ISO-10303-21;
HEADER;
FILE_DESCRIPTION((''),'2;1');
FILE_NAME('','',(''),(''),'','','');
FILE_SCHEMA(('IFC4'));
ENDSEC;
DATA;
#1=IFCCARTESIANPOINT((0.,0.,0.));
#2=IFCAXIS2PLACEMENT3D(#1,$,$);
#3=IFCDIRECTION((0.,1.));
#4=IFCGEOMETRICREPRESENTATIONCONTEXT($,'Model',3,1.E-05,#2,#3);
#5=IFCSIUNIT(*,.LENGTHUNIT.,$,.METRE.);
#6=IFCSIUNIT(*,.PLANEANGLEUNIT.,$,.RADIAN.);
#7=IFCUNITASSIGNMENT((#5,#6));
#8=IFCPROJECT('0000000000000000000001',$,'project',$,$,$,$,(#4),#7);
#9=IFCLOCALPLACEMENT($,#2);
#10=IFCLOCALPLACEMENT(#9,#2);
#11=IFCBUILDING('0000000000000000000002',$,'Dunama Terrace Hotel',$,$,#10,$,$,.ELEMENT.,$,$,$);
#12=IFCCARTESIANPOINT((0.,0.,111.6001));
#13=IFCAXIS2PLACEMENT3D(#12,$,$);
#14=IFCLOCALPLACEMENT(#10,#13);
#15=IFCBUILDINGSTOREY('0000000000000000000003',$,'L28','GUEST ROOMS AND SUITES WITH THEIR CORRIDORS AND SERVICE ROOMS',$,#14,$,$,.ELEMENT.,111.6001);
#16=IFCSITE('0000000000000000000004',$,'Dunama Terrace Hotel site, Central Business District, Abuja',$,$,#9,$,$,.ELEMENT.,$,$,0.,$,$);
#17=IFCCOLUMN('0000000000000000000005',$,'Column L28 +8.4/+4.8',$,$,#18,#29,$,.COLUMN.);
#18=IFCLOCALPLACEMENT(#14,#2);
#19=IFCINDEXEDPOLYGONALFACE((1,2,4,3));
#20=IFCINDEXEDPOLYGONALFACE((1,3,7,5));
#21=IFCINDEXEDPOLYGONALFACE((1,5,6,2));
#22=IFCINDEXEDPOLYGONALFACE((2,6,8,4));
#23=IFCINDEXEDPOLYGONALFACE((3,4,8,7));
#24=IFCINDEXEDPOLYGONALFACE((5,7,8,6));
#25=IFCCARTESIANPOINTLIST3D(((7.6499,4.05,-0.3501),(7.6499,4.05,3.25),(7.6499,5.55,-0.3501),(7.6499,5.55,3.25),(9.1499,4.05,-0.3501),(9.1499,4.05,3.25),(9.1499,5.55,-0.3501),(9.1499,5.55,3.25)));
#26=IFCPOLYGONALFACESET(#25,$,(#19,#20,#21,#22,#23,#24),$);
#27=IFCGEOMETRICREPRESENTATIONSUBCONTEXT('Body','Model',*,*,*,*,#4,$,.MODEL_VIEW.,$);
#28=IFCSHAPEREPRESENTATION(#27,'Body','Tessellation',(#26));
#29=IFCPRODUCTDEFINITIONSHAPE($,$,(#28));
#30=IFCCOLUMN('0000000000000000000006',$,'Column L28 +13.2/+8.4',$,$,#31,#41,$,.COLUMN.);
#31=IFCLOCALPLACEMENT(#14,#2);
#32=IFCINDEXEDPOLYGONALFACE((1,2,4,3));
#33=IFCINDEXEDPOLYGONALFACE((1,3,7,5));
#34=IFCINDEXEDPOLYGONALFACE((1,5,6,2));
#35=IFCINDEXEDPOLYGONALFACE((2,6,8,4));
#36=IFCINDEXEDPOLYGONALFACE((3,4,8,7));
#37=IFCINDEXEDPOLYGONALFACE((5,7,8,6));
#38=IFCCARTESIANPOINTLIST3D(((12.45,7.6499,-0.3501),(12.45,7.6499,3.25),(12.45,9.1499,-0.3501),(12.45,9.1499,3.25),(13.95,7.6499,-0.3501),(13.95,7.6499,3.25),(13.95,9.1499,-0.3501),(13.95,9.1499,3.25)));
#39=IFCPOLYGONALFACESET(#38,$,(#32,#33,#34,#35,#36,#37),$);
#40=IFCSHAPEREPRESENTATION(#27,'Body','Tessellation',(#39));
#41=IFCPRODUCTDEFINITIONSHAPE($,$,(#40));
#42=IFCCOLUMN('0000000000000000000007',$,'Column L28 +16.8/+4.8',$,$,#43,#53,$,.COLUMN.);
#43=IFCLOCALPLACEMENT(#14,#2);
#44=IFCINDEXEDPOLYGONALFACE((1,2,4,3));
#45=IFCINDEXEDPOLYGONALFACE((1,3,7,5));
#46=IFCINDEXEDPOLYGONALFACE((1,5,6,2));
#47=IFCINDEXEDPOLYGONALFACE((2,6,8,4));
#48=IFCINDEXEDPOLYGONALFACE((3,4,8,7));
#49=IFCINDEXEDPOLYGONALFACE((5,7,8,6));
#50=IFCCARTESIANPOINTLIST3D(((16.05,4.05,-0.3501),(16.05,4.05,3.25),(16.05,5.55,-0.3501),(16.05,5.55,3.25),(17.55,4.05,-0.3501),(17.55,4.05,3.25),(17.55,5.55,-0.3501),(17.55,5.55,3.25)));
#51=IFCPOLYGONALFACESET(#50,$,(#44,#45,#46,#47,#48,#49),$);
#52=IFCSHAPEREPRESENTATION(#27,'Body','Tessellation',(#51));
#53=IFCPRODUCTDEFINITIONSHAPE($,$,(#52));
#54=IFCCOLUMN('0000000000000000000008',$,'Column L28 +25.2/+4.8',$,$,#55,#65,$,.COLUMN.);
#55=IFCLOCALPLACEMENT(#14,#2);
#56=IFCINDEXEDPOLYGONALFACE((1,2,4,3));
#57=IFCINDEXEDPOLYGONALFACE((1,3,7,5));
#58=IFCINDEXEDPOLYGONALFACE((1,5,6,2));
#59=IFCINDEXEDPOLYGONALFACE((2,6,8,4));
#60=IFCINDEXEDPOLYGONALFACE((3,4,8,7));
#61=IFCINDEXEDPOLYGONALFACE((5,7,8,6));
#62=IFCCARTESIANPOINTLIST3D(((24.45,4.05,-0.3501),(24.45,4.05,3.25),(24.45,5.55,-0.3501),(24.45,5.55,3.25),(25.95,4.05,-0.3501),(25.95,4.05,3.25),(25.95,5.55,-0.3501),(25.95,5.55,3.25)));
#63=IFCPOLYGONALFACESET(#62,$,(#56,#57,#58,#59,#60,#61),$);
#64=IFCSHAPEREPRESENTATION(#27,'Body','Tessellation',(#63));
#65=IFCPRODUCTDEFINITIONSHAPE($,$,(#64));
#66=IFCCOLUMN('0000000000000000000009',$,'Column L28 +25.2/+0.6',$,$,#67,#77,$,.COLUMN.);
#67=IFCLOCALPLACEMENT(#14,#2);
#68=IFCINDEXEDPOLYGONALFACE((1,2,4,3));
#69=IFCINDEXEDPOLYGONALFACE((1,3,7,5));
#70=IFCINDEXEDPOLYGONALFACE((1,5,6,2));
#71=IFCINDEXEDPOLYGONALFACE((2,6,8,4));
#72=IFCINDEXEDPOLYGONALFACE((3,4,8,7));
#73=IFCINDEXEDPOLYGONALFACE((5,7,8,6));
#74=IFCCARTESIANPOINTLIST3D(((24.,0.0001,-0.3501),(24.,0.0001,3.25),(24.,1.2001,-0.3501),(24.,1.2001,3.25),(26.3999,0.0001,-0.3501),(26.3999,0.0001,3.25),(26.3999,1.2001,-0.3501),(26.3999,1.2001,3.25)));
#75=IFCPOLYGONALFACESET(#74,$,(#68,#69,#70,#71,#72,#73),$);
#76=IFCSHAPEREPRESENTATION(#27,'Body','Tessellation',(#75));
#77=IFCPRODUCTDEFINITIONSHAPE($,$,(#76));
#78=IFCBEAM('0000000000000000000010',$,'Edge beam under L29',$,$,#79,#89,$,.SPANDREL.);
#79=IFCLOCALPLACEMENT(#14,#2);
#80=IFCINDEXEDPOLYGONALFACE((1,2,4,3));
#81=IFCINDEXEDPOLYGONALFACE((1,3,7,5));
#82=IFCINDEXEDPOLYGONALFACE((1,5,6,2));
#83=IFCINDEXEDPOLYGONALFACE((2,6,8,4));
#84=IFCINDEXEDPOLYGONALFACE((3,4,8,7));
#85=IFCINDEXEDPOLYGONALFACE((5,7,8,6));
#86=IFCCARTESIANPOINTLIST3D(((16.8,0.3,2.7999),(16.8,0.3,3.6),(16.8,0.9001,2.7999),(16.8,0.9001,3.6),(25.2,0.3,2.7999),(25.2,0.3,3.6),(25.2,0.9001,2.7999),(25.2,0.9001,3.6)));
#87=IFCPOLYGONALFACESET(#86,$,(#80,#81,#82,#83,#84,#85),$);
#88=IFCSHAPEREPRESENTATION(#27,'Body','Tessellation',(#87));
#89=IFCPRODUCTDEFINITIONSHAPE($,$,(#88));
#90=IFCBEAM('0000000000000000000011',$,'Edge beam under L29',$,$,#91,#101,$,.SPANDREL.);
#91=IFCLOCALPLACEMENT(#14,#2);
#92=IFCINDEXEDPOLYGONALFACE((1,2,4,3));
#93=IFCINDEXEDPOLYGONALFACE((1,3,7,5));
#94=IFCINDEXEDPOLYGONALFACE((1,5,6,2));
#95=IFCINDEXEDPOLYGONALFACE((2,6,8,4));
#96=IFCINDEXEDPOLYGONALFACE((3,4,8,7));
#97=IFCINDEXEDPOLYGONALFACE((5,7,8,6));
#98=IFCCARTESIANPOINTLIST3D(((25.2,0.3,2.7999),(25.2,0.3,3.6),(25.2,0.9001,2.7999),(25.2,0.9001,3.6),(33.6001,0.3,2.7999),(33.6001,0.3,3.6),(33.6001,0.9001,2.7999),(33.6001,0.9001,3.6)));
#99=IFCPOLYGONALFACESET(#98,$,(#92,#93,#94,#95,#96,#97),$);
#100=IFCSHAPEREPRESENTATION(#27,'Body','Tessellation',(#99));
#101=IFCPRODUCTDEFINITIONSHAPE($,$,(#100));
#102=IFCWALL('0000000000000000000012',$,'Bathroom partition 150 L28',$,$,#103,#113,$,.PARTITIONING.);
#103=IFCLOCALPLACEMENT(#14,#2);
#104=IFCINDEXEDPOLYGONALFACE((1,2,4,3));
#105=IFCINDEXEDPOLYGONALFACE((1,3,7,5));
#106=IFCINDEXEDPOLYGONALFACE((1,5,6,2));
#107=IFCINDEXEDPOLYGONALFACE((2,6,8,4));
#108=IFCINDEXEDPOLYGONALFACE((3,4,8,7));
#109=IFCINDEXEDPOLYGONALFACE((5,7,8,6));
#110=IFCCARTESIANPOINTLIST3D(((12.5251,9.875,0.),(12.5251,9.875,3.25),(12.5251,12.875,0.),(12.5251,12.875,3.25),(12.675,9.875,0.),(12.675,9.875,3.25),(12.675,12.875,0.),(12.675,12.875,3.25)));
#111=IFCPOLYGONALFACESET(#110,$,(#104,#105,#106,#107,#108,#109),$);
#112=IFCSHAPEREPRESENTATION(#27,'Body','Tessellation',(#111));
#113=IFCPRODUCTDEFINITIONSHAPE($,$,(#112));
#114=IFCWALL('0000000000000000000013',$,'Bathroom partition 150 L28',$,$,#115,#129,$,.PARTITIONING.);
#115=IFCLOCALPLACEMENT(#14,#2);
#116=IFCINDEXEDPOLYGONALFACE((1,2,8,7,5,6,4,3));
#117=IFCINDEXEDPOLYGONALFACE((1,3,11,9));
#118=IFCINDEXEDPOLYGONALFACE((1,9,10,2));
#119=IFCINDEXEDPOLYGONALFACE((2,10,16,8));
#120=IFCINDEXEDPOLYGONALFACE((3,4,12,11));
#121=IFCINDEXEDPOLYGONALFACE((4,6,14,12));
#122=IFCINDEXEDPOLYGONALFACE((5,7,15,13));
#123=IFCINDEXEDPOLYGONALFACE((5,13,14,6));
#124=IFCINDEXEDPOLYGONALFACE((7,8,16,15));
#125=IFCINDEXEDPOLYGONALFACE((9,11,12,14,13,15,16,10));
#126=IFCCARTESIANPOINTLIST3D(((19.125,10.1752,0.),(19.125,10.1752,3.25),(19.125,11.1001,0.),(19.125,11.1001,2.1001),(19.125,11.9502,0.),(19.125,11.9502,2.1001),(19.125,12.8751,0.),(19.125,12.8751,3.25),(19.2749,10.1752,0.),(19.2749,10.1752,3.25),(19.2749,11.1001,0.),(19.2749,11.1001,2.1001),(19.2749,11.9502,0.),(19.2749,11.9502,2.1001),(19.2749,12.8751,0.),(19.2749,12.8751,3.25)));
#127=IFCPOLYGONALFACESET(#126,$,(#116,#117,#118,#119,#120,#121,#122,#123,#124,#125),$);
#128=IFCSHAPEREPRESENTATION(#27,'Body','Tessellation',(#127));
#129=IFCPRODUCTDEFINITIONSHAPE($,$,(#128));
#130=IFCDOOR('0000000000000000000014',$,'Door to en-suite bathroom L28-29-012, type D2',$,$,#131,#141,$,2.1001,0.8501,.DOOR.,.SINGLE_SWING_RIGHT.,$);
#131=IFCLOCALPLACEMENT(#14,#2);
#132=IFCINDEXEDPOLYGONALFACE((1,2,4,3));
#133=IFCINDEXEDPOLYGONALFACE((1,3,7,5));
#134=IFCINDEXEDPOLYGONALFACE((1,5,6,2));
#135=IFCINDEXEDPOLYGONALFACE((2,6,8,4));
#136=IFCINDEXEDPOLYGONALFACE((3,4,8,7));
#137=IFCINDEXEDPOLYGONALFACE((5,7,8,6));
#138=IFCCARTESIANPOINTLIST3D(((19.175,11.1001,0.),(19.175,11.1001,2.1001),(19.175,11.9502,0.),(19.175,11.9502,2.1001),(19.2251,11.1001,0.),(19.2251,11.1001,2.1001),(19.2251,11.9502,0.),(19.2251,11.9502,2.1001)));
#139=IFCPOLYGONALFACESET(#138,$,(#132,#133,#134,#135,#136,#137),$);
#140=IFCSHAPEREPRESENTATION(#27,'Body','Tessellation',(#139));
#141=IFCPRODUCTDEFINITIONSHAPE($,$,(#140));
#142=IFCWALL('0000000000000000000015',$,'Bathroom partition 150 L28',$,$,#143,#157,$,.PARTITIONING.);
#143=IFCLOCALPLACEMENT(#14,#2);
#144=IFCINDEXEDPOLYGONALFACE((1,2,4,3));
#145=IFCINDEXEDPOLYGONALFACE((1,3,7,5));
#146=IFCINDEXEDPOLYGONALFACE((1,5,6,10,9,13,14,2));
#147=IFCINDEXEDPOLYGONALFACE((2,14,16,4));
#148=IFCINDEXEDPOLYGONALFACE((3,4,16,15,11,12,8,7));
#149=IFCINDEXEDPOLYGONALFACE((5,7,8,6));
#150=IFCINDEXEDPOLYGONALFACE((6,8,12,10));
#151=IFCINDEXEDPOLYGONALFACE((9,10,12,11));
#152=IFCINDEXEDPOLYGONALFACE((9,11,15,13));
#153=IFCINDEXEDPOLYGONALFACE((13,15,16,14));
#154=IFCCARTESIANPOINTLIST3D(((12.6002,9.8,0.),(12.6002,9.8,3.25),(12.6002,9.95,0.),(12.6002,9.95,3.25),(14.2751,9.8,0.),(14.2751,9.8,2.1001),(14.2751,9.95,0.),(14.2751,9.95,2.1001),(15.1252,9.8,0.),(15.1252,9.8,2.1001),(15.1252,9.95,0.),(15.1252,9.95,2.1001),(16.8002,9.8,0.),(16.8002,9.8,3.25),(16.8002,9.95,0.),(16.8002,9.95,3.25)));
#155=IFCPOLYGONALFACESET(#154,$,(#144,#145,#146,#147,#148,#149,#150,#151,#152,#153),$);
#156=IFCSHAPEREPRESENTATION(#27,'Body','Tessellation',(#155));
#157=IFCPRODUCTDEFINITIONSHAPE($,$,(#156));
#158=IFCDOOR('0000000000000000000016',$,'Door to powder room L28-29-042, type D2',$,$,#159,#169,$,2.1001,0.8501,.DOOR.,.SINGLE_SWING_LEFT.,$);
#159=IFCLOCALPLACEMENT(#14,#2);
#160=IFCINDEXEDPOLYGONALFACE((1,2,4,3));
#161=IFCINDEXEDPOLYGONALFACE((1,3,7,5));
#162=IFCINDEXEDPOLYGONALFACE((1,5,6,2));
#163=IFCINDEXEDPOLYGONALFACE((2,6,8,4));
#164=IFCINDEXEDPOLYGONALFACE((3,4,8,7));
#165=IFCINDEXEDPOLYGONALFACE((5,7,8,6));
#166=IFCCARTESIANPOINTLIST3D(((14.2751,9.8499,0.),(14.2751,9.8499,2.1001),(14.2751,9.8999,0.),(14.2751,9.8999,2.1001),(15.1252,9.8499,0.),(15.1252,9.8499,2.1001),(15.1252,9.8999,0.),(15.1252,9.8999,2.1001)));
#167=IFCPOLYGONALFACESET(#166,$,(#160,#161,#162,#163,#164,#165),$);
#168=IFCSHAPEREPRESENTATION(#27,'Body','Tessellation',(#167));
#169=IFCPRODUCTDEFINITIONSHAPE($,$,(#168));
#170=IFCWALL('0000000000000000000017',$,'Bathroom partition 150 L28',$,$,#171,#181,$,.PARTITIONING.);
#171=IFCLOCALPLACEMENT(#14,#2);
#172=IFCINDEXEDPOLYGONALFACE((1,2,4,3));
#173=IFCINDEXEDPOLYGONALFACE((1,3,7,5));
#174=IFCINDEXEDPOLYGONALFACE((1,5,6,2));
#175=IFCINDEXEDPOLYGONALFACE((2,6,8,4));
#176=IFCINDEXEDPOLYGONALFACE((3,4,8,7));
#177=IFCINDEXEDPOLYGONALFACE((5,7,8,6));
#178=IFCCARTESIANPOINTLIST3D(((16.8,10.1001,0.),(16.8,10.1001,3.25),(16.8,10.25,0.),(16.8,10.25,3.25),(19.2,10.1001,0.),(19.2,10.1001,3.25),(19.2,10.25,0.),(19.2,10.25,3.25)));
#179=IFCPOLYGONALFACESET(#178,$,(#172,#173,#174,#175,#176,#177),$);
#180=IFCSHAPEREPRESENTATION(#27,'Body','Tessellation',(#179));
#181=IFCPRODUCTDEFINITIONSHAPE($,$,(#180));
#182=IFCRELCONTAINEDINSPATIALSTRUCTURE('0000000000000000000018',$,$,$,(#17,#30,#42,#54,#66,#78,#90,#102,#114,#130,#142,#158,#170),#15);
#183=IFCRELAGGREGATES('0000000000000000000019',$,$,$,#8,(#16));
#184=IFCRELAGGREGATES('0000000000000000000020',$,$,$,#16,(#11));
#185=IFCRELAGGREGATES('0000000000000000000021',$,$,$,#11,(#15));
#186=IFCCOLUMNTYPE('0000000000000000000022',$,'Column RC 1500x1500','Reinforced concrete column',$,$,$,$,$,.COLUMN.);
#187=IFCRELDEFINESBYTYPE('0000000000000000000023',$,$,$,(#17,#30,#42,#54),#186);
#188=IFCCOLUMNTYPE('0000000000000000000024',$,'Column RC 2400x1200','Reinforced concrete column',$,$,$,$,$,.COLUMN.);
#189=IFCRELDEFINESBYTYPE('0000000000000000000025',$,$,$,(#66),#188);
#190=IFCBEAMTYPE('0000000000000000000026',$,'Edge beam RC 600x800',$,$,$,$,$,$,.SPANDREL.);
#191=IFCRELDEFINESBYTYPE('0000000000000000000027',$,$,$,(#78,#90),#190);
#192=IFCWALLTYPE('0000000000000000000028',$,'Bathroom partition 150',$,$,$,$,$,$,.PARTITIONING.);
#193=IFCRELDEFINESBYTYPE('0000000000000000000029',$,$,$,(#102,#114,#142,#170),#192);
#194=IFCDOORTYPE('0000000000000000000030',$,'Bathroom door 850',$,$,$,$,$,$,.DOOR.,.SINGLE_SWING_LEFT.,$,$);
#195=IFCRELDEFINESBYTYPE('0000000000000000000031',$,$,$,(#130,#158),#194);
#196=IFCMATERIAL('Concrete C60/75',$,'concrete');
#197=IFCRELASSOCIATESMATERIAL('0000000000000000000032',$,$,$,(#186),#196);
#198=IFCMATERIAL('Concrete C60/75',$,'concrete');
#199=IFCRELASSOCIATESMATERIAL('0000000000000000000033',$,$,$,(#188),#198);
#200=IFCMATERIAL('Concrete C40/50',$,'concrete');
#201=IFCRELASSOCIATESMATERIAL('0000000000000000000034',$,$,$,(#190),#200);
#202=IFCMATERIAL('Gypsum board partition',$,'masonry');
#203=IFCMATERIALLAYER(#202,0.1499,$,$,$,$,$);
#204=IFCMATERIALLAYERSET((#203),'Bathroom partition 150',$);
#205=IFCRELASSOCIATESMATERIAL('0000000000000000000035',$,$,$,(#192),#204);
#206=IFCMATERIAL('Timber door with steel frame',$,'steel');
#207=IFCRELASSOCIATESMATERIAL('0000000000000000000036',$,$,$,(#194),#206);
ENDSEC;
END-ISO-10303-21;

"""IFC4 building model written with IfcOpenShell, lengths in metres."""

from ifc_helpers import new_model, si_unit, direction, frame, frame_2d, origin, origin_2d, place, context, subcontext, project, spatial, rectangle, extrude, material, layer, layer_set, material_profile, profile_set, type_object, element, fill, save


model = new_model("IFC4")

# Units and contexts
model_context = context("Model", 3, precision=1e-05, world=origin(), true_north=direction((0.0, 1.0)))
body_context = subcontext(model_context, "Body", "Model", "MODEL_VIEW")
ifc_project = project(units=[si_unit("LENGTHUNIT", "METRE"), si_unit("PLANEANGLEUNIT", "RADIAN")], contexts=[model_context])

# Site, building, storey
site_placement = place(None, origin())
site = spatial("IfcSite", under=ifc_project, at=site_placement, Name="Dunama Terrace Hotel site, Central Business District, Abuja", CompositionType="ELEMENT", RefElevation=0.0)
building_placement = place(site_placement, origin())
building = spatial("IfcBuilding", under=site, at=building_placement, Name="Dunama Terrace Hotel", CompositionType="ELEMENT")
storey_placement = place(building_placement, frame((0.0, 0.0, 111.6001)))
storey = spatial("IfcBuildingStorey", under=building, at=storey_placement, Name="L28", Description="GUEST ROOMS AND SUITES WITH THEIR CORRIDORS AND SERVICE ROOMS", CompositionType="ELEMENT", Elevation=111.6001)

# Columns
ifc_material_1 = material(Name="Concrete C60/75", Category="concrete")
ifc_material_profile_1 = material_profile(ifc_material_1, rectangle(XDim=1.5, YDim=1.5, at=origin_2d()), Name="RC 1500x1500")
ifc_profile_set_1 = profile_set([ifc_material_profile_1], Name="Concrete C60/75")
column_type_1 = type_object("IfcColumnType", Name="Column RC 1500x1500", Description="Reinforced concrete column", PredefinedType="COLUMN", material=ifc_profile_set_1)
for number, where, z_axis, x_axis, name in (
    (1, (8.3999, 4.8, -0.3501), (0.0, 0.0, 1.0), (1.0, 0.0, 0.0), "Column L28 +8.4/+4.8"),
    (2, (13.2, 8.3999, -0.3501), (0.0, 0.0, 1.0), (1.0, 0.0, 0.0), "Column L28 +13.2/+8.4"),
    (3, (16.8, 4.8, -0.3501), (0.0, 0.0, 1.0), (1.0, 0.0, 0.0), "Column L28 +16.8/+4.8"),
    (4, (25.2, 4.8, -0.3501), (0.0, 0.0, 1.0), (1.0, 0.0, 0.0), "Column L28 +25.2/+4.8"),
):
    element("IfcColumn", number, at=place(storey_placement, frame(where, z_axis=z_axis, x_axis=x_axis)), inside=storey, type_object=column_type_1, Name=name, PredefinedType="COLUMN", context=body_context, shape_type="SweptSolid", body=[
        extrude(rectangle(XDim=1.5, YDim=1.5, at=origin_2d()), origin(), (0.0, 0.0, 1.0), 3.6001),
    ])
ifc_material_2 = material(Name="Concrete C60/75", Category="concrete")
ifc_material_profile_2 = material_profile(ifc_material_2, rectangle(XDim=2.3999, YDim=1.2, at=origin_2d()), Name="RC 2400x1200")
ifc_profile_set_2 = profile_set([ifc_material_profile_2], Name="Concrete C60/75")
column_type_2 = type_object("IfcColumnType", Name="Column RC 2400x1200", Description="Reinforced concrete column", PredefinedType="COLUMN", material=ifc_profile_set_2)
column_placement = place(storey_placement, frame((25.2, 0.6001, -0.3501), z_axis=(0.0, 0.0, 1.0), x_axis=(1.0, 0.0, 0.0)))
element("IfcColumn", 5, at=column_placement, inside=storey, type_object=column_type_2, Name="Column L28 +25.2/+0.6", PredefinedType="COLUMN", context=body_context, shape_type="SweptSolid", body=[
    extrude(rectangle(XDim=2.3999, YDim=1.2, at=origin_2d()), origin(), (0.0, 0.0, 1.0), 3.6001),
])

# Beams
ifc_material_3 = material(Name="Concrete C40/50", Category="concrete")
ifc_material_profile_3 = material_profile(ifc_material_3, rectangle(XDim=0.6001, YDim=0.8, at=origin_2d()), Name="RC 600x800")
ifc_profile_set_3 = profile_set([ifc_material_profile_3], Name="Concrete C40/50")
beam_type = type_object("IfcBeamType", Name="Edge beam RC 600x800", PredefinedType="SPANDREL", material=ifc_profile_set_3)
beam_1_placement = place(storey_placement, frame((16.8, 0.6001, 3.2), z_axis=(1.0, 0.0, 0.0), x_axis=(0.0, 1.0, 0.0)))
element("IfcBeam", 6, at=beam_1_placement, inside=storey, type_object=beam_type, Name="Edge beam under L29", PredefinedType="SPANDREL", context=body_context, shape_type="SweptSolid", body=[
    extrude(rectangle(XDim=0.6001, YDim=0.8, at=origin_2d()), origin(), (0.0, 0.0, 1.0), 8.3999),
])
beam_2_placement = place(storey_placement, frame((25.2, 0.6001, 3.2), z_axis=(1.0, 0.0, 0.0), x_axis=(0.0, 1.0, 0.0)))
element("IfcBeam", 7, at=beam_2_placement, inside=storey, type_object=beam_type, Name="Edge beam under L29", PredefinedType="SPANDREL", context=body_context, shape_type="SweptSolid", body=[
    extrude(rectangle(XDim=0.6001, YDim=0.8, at=origin_2d()), origin(), (0.0, 0.0, 1.0), 8.4001),
])

# Wall
ifc_material_4 = material(Name="Gypsum board partition", Category="masonry")
ifc_layer = layer(ifc_material_4, 0.1499)
ifc_layer_set = layer_set([ifc_layer], Name="Bathroom partition 150")
wall_type = type_object("IfcWallType", Name="Bathroom partition 150", PredefinedType="PARTITIONING", material=ifc_layer_set)
wall_1_placement = place(storey_placement, frame((12.6001, 9.875, 0.0), z_axis=(0.0, 0.0, 1.0), x_axis=(0.0, 1.0, 0.0)))
element("IfcWall", 8, at=wall_1_placement, inside=storey, type_object=wall_type, Name="Bathroom partition 150 L28", PredefinedType="PARTITIONING", context=body_context, shape_type="SweptSolid", body=[
    extrude(rectangle(XDim=3.0, YDim=0.1499, at=frame_2d((1.5, 0.0))), origin(), (0.0, 0.0, 1.0), 3.25),
])

# Walls, openings, doors
wall_2_placement = place(storey_placement, frame((19.2, 10.175, 0.0), z_axis=(0.0, 0.0, 1.0), x_axis=(0.0, 1.0, 0.0)))
wall_2 = element("IfcWall", 9, at=wall_2_placement, inside=storey, type_object=wall_type, Name="Bathroom partition 150 L28", PredefinedType="PARTITIONING", context=body_context, shape_type="SweptSolid", body=[
    extrude(rectangle(XDim=2.7, YDim=0.1499, at=frame_2d((1.3501, 0.0))), origin(), (0.0, 0.0, 1.0), 3.25),
])
opening_1_placement = place(wall_2_placement, frame((0.925, 0.0, 0.0)))
opening_1 = element("IfcOpeningElement", 10, at=opening_1_placement, cuts=wall_2, PredefinedType="OPENING", context=body_context, shape_type="SweptSolid", body=[
    extrude(rectangle(XDim=0.8501, YDim=2.1001, at=frame_2d((0.425, 1.05))), frame((0.0, 0.085, 0.0), z_axis=(0.0, -1.0, 0.0), x_axis=(1.0, 0.0, 0.0)), (0.0, 0.0, 1.0), 0.1699),
])
ifc_material_5 = material(Name="Timber door with steel frame", Category="steel")
door_type = type_object("IfcDoorType", Name="Bathroom door 850", OperationType="SINGLE_SWING_LEFT", PredefinedType="DOOR", material=ifc_material_5)
door_1_placement = place(opening_1_placement, origin())
door_1 = element("IfcDoor", 11, at=door_1_placement, inside=storey, type_object=door_type, Name="Door to en-suite bathroom L28-29-012, type D2", OperationType="SINGLE_SWING_RIGHT", OverallHeight=2.1001, OverallWidth=0.8501, PredefinedType="DOOR", context=body_context, shape_type="SweptSolid", body=[
    extrude(rectangle(XDim=0.8501, YDim=2.1001, at=frame_2d((0.425, 1.05))), frame((0.0, 0.0249, 0.0), z_axis=(0.0, -1.0, 0.0), x_axis=(1.0, 0.0, 0.0)), (0.0, 0.0, 1.0), 0.05),
])
fill(opening_1, door_1)
wall_3_placement = place(storey_placement, frame((12.6001, 9.875, 0.0), z_axis=(0.0, 0.0, 1.0), x_axis=(1.0, 0.0, 0.0)))
wall_3 = element("IfcWall", 12, at=wall_3_placement, inside=storey, type_object=wall_type, Name="Bathroom partition 150 L28", PredefinedType="PARTITIONING", context=body_context, shape_type="SweptSolid", body=[
    extrude(rectangle(XDim=4.2, YDim=0.1499, at=frame_2d((2.1001, 0.0))), origin(), (0.0, 0.0, 1.0), 3.25),
])
opening_2_placement = place(wall_3_placement, frame((1.675, 0.0, 0.0)))
opening_2 = element("IfcOpeningElement", 13, at=opening_2_placement, cuts=wall_3, PredefinedType="OPENING", context=body_context, shape_type="SweptSolid", body=[
    extrude(rectangle(XDim=0.8501, YDim=2.1001, at=frame_2d((0.425, 1.05))), frame((0.0, 0.085, 0.0), z_axis=(0.0, -1.0, 0.0), x_axis=(1.0, 0.0, 0.0)), (0.0, 0.0, 1.0), 0.1699),
])
door_2_placement = place(opening_2_placement, origin())
door_2 = element("IfcDoor", 14, at=door_2_placement, inside=storey, type_object=door_type, Name="Door to powder room L28-29-042, type D2", OperationType="SINGLE_SWING_LEFT", OverallHeight=2.1001, OverallWidth=0.8501, PredefinedType="DOOR", context=body_context, shape_type="SweptSolid", body=[
    extrude(rectangle(XDim=0.8501, YDim=2.1001, at=frame_2d((0.425, 1.05))), frame((0.0, 0.0249, 0.0), z_axis=(0.0, -1.0, 0.0), x_axis=(1.0, 0.0, 0.0)), (0.0, 0.0, 1.0), 0.05),
])
fill(opening_2, door_2)

# Wall
wall_4_placement = place(storey_placement, frame((16.8, 10.175, 0.0), z_axis=(0.0, 0.0, 1.0), x_axis=(1.0, 0.0, 0.0)))
element("IfcWall", 15, at=wall_4_placement, inside=storey, type_object=wall_type, Name="Bathroom partition 150 L28", PredefinedType="PARTITIONING", context=body_context, shape_type="SweptSolid", body=[
    extrude(rectangle(XDim=2.3999, YDim=0.1499, at=frame_2d((1.2, 0.0))), origin(), (0.0, 0.0, 1.0), 3.25),
])

save(model, "model.ifc")
